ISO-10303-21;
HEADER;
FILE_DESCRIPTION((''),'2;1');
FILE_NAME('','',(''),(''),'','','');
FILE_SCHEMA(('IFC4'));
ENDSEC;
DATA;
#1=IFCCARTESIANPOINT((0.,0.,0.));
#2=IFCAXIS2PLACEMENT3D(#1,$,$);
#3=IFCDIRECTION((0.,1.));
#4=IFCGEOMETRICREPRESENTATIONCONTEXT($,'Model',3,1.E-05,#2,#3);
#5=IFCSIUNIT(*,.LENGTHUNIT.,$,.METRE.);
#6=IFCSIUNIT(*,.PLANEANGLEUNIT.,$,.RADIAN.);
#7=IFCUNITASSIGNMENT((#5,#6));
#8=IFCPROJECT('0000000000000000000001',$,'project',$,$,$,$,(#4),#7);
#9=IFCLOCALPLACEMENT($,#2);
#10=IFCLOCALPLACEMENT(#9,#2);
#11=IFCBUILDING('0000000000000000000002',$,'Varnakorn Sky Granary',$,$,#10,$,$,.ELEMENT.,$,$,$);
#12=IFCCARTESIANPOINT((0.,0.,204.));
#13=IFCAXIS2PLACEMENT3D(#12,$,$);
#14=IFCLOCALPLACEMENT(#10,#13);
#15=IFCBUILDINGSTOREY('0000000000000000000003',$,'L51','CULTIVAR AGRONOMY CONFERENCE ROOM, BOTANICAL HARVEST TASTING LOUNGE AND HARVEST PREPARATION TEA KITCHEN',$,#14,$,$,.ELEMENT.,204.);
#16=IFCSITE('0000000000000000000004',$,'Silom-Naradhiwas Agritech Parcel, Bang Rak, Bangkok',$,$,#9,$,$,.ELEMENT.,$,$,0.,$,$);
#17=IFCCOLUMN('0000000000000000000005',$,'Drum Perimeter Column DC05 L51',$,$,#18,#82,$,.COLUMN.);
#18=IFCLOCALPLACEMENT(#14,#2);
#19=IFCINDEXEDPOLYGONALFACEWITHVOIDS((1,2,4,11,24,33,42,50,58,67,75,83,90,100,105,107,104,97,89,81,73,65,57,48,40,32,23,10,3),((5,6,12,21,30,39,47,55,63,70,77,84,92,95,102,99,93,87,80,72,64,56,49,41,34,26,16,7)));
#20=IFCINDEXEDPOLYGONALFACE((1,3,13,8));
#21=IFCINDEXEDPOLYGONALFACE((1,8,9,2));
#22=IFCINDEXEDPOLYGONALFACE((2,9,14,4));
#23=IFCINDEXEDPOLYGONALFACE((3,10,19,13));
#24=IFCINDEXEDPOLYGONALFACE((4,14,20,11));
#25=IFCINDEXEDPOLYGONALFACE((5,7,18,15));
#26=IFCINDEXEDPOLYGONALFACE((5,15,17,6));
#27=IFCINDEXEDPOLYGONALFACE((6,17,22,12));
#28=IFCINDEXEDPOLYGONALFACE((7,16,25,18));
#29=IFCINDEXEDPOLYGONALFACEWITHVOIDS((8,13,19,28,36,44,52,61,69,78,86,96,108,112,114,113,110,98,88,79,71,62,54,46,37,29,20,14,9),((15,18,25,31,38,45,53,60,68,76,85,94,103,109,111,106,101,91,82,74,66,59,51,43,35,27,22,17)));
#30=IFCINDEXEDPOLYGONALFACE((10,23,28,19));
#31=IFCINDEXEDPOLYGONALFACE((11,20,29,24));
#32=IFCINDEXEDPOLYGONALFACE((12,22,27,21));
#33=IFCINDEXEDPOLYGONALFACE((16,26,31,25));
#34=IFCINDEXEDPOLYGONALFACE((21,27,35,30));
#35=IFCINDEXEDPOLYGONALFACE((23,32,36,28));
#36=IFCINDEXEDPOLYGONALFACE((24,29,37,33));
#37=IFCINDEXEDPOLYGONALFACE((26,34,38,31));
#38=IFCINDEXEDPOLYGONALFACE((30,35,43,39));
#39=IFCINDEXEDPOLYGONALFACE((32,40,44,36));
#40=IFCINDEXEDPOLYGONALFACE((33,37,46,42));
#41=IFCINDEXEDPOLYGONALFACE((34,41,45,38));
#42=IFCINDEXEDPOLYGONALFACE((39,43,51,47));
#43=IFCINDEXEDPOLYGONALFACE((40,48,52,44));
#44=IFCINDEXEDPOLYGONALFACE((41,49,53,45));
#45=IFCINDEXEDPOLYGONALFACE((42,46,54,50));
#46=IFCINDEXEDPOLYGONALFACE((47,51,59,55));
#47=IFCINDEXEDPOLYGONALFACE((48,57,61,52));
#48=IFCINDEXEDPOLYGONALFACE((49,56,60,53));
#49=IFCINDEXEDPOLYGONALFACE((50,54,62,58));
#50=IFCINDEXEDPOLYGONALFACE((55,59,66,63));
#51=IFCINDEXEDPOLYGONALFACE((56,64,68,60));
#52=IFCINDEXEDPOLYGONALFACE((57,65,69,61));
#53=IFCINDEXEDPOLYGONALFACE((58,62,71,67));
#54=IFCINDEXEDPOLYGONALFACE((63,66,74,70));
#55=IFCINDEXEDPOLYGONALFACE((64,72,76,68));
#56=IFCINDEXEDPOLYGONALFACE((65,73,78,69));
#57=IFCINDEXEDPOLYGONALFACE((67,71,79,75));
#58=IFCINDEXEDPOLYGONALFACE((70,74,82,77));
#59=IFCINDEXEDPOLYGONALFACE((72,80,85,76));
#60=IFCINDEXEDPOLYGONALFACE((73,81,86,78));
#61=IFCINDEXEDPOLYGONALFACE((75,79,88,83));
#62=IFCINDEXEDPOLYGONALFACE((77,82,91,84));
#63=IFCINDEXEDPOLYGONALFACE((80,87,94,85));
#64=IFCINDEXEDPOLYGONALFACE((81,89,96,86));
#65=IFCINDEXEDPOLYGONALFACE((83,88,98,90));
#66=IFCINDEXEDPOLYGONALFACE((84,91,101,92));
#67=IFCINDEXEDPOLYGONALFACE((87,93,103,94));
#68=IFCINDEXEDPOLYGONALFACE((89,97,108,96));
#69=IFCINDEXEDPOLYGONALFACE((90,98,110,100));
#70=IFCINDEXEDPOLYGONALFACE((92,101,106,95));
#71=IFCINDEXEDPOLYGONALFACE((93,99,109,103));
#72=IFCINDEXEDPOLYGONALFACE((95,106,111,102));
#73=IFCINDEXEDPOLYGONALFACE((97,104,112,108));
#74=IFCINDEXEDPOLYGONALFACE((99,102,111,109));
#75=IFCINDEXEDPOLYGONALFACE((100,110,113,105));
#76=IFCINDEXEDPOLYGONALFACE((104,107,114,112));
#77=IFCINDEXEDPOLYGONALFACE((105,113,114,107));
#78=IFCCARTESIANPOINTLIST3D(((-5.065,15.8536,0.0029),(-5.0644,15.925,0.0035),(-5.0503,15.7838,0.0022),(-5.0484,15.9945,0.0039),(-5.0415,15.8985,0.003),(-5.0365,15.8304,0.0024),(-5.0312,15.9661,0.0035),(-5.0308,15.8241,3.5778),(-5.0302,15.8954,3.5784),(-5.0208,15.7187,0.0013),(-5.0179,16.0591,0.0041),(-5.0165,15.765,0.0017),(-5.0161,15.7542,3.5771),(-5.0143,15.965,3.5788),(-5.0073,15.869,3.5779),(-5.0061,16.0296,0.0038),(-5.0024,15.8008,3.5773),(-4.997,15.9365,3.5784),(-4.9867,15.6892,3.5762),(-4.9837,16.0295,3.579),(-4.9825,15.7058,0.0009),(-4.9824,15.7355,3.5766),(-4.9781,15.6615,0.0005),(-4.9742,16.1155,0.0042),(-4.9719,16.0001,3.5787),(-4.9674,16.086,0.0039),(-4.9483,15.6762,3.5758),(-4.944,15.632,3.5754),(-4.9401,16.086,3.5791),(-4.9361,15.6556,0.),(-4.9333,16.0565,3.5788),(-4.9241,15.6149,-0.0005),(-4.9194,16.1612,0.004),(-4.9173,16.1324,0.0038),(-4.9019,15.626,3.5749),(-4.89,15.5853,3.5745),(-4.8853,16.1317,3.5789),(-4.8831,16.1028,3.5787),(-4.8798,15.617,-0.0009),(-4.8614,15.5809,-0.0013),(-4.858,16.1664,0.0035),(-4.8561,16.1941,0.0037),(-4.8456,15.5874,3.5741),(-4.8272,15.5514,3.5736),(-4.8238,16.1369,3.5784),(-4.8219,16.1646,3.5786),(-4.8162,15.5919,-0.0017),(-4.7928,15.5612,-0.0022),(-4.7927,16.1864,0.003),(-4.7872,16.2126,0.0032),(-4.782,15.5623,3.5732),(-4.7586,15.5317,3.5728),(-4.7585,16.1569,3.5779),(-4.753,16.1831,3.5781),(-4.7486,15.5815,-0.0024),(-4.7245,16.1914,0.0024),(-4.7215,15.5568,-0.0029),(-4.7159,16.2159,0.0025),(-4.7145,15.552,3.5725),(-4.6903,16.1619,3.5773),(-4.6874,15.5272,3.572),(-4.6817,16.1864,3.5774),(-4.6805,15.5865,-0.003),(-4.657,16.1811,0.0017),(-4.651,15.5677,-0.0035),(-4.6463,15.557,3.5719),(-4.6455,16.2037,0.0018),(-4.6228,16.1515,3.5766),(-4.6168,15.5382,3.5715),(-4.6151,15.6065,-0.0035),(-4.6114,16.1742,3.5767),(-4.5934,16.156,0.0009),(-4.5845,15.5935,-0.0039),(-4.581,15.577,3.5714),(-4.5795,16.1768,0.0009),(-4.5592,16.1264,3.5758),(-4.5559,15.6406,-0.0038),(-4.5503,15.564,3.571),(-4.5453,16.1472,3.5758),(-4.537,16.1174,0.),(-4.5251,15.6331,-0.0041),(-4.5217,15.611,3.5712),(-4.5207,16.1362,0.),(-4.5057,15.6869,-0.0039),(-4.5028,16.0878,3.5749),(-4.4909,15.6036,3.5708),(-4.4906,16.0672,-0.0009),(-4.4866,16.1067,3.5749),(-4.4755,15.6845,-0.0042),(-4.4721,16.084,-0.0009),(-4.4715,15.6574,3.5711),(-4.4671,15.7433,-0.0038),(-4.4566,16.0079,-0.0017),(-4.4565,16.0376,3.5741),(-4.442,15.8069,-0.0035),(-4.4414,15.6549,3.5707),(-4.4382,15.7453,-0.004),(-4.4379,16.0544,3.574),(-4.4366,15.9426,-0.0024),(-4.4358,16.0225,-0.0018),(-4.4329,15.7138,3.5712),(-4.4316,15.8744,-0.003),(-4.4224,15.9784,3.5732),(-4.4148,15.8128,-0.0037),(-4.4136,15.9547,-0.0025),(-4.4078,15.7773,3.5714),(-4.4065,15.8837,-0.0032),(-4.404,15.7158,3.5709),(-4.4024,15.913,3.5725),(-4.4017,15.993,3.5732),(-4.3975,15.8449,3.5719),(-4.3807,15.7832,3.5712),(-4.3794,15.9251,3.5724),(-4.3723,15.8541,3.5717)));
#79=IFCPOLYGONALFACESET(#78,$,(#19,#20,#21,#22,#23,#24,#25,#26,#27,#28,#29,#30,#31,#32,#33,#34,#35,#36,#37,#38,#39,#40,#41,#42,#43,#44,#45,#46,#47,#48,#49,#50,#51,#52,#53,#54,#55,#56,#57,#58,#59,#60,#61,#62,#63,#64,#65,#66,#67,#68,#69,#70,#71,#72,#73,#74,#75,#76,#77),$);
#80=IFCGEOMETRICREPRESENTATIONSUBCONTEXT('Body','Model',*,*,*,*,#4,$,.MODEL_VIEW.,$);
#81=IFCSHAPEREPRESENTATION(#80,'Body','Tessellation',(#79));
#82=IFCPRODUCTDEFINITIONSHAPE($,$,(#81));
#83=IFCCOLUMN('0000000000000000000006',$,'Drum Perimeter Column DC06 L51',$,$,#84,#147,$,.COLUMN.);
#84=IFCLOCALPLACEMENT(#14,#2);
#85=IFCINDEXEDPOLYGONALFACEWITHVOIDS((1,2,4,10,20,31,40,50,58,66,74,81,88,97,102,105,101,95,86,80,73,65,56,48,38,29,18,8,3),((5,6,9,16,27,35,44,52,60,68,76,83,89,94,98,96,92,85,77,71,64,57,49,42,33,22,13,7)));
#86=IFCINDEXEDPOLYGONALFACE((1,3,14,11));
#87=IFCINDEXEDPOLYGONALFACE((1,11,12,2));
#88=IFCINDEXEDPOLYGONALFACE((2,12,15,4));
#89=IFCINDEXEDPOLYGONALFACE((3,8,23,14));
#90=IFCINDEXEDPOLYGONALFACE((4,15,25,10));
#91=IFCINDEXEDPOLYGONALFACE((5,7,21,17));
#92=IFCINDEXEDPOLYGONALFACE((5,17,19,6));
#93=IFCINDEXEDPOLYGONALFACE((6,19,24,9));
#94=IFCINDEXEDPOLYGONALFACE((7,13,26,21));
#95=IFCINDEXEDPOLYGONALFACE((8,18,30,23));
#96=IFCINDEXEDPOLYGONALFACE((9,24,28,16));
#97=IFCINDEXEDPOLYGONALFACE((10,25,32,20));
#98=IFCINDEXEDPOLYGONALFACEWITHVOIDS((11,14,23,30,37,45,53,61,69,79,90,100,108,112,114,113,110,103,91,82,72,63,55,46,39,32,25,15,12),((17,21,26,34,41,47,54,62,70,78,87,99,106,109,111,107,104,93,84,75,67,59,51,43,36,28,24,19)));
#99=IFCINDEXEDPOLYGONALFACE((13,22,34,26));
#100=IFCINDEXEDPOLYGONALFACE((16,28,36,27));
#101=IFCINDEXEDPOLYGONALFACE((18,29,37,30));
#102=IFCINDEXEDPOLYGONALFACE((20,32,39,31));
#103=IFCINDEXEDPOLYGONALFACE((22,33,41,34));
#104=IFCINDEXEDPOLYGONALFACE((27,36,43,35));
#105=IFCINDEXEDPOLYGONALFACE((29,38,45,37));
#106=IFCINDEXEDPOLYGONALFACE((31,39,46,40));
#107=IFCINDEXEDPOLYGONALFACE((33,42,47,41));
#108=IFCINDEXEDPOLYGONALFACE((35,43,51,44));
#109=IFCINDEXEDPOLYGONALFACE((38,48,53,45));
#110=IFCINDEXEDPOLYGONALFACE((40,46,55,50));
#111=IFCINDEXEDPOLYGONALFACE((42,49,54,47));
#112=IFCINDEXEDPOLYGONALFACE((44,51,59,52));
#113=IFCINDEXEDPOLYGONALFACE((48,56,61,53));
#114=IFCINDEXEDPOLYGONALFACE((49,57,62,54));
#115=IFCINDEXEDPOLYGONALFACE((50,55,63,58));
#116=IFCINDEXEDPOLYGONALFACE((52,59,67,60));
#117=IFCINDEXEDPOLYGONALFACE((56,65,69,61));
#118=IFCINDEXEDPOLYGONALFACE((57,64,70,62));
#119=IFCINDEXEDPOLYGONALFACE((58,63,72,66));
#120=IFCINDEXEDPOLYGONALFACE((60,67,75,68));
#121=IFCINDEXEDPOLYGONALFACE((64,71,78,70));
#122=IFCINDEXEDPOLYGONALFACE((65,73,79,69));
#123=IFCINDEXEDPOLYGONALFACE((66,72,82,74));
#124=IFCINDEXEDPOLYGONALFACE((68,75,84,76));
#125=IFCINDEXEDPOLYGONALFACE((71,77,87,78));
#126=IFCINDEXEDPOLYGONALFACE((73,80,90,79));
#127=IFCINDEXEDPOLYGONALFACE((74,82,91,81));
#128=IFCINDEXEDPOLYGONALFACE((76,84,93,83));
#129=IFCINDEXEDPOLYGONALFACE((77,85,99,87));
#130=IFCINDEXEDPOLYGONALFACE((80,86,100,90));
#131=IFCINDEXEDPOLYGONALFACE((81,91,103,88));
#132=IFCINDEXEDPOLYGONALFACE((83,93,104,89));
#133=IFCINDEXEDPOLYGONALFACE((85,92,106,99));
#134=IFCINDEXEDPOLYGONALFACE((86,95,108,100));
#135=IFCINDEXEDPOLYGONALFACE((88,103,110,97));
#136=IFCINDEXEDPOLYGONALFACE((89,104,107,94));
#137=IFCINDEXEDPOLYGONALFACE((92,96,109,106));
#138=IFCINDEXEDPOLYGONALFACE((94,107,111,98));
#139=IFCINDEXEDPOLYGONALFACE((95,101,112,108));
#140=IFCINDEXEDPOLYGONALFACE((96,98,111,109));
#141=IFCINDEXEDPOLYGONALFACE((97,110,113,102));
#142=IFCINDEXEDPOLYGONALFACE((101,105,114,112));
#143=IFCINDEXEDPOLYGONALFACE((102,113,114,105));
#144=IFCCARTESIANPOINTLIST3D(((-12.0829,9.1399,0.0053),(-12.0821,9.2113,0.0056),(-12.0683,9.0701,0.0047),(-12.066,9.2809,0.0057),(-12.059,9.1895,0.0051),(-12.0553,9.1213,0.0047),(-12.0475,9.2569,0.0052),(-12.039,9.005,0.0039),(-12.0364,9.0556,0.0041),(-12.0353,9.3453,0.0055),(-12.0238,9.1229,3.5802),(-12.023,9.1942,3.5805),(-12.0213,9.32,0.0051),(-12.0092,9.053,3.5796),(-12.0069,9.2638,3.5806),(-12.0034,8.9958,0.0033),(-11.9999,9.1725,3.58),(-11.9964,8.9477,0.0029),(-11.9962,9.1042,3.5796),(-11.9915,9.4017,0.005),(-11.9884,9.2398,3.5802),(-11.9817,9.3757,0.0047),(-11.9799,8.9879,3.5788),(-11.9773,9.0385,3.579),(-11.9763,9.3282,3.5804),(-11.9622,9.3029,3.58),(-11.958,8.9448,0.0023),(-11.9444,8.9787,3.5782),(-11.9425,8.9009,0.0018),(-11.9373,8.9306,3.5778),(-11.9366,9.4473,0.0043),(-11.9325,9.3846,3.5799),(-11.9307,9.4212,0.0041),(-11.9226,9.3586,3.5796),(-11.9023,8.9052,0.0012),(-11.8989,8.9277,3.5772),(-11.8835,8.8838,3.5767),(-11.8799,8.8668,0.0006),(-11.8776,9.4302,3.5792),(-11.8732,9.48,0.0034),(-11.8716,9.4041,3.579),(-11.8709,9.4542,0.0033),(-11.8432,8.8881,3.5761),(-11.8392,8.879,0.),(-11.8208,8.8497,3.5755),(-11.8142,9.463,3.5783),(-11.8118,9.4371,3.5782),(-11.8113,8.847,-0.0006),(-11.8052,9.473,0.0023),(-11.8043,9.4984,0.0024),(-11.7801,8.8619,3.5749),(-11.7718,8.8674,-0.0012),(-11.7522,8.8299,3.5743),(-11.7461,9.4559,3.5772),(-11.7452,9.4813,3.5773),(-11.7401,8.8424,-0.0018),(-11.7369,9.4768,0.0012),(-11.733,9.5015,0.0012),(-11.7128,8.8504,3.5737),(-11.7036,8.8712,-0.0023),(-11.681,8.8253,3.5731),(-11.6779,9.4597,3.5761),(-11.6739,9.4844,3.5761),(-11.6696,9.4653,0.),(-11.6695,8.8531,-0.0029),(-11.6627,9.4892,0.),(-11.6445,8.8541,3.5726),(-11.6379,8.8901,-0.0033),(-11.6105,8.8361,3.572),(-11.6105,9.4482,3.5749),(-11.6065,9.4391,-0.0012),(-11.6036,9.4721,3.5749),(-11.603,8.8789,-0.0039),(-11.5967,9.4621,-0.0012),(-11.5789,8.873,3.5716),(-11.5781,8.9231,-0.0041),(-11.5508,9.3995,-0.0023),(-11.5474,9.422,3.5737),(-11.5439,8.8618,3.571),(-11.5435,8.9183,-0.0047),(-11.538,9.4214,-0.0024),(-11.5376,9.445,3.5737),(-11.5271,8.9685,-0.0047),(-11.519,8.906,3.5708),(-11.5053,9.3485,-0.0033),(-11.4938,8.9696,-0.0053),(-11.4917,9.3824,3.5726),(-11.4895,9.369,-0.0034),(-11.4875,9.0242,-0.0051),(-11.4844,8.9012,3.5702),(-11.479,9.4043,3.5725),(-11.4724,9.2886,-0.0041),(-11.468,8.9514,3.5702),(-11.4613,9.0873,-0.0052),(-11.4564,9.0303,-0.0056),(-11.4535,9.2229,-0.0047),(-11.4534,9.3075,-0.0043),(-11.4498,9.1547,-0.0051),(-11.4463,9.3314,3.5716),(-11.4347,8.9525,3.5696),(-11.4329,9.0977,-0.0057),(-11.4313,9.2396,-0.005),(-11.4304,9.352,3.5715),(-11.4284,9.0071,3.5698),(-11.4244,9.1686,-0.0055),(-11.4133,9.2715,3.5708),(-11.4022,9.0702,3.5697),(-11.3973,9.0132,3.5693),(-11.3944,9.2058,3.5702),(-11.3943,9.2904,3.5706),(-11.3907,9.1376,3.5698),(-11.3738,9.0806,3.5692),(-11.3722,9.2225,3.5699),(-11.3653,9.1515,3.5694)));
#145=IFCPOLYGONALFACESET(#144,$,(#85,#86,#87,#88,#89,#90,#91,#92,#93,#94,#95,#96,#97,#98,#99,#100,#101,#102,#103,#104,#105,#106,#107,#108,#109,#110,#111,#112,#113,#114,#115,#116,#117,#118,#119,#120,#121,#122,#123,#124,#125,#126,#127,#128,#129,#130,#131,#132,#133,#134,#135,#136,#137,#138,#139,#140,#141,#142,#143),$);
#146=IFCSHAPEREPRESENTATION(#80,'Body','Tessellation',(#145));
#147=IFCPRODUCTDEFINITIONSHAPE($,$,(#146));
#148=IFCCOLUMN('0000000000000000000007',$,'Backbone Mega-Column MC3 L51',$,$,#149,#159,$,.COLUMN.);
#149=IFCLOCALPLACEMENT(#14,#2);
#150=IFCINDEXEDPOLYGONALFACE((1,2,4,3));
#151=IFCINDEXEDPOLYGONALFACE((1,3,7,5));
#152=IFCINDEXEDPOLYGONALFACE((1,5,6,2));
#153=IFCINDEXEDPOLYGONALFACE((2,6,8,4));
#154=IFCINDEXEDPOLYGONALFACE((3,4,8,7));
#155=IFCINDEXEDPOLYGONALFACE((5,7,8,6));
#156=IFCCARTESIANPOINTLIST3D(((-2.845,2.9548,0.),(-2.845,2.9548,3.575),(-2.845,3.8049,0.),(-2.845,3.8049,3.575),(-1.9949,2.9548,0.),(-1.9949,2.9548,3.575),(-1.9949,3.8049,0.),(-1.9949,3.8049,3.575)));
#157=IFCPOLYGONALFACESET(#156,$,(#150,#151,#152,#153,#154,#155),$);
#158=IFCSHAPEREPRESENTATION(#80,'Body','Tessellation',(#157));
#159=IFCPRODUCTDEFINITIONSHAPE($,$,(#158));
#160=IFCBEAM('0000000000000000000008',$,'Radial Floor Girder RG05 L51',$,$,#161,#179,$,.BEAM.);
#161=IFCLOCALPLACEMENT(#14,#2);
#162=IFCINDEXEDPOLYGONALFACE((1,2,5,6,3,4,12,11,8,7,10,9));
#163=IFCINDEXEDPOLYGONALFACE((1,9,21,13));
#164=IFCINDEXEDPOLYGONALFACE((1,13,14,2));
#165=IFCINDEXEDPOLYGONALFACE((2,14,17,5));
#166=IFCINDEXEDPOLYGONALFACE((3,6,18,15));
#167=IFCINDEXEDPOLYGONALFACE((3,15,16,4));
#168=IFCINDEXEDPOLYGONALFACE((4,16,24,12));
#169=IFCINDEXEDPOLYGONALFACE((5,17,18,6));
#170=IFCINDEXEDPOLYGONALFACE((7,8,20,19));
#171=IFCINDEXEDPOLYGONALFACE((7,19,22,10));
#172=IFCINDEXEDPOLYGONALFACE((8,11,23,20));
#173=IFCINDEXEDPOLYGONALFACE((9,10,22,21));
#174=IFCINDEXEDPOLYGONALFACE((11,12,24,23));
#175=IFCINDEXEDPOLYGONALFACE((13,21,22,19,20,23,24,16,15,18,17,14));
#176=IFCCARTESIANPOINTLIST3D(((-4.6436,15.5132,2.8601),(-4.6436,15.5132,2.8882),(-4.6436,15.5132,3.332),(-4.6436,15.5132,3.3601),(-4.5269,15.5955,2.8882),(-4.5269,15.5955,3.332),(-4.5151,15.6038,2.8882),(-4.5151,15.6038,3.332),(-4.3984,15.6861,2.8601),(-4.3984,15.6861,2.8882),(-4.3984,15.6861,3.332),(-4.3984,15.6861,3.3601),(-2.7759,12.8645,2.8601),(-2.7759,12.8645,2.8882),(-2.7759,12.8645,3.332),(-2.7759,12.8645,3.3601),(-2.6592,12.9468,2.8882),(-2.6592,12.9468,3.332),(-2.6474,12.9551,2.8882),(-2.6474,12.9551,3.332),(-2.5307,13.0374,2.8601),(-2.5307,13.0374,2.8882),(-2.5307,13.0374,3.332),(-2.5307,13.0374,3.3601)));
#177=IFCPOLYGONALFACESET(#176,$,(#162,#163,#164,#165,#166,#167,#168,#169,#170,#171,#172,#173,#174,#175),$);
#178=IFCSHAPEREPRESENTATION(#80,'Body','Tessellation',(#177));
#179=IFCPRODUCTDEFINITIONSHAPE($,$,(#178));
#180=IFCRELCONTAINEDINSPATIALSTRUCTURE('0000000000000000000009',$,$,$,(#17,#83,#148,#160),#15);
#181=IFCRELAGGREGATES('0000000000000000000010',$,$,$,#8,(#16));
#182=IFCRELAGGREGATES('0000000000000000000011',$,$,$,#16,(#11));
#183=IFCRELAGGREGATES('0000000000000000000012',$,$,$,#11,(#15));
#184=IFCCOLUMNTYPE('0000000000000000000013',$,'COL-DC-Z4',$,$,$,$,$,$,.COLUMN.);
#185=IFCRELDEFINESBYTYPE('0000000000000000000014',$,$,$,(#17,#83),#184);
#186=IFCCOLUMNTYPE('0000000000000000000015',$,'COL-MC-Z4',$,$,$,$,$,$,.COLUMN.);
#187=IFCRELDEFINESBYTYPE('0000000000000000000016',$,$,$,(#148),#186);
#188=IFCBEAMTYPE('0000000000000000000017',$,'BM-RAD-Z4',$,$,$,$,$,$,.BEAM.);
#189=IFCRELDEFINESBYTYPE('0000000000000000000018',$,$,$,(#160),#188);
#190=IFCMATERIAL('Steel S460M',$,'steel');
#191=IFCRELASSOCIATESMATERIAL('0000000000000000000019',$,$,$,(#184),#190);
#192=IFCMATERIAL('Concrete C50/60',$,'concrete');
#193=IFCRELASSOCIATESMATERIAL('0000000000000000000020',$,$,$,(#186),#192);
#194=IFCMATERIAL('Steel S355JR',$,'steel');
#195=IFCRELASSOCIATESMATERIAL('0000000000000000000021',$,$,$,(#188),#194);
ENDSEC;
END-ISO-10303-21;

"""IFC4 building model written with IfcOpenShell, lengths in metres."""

from ifc_helpers import new_model, si_unit, direction, frame, origin, origin_2d, place, context, subcontext, project, spatial, rectangle, hollow_circle, i_section, extrude, material, material_profile, profile_set, type_object, element, save


model = new_model("IFC4")

# Units and contexts
model_context = context("Model", 3, precision=1e-05, world=origin(), true_north=direction((0.0, 1.0)))
body_context = subcontext(model_context, "Body", "Model", "MODEL_VIEW")
ifc_project = project(units=[si_unit("LENGTHUNIT", "METRE"), si_unit("PLANEANGLEUNIT", "RADIAN")], contexts=[model_context])

# Site, building, storey
site_placement = place(None, origin())
site = spatial("IfcSite", under=ifc_project, at=site_placement, Name="Silom-Naradhiwas Agritech Parcel, Bang Rak, Bangkok", CompositionType="ELEMENT", RefElevation=0.0)
building_placement = place(site_placement, origin())
building = spatial("IfcBuilding", under=site, at=building_placement, Name="Varnakorn Sky Granary", CompositionType="ELEMENT")
storey_placement = place(building_placement, frame((0.0, 0.0, 204.0)))
storey = spatial("IfcBuildingStorey", under=building, at=storey_placement, Name="L51", Description="CULTIVAR AGRONOMY CONFERENCE ROOM, BOTANICAL HARVEST TASTING LOUNGE AND HARVEST PREPARATION TEA KITCHEN", CompositionType="ELEMENT", Elevation=204.0)

# Columns
ifc_material_1 = material(Name="Steel S460M", Category="steel")
ifc_material_profile_1 = material_profile(ifc_material_1, hollow_circle(Radius=0.3301, WallThickness=0.0249, at=origin_2d()), Name="CHS 660x25")
ifc_profile_set_1 = profile_set([ifc_material_profile_1], Name="Steel S460M")
column_type_1 = type_object("IfcColumnType", Name="COL-DC-Z4", PredefinedType="COLUMN", material=ifc_profile_set_1)
column_1_placement = place(storey_placement, frame((-4.7366, 15.8865, 0.0), z_axis=(0.00956, -0.008263, 0.99992), x_axis=(0.653901, 0.75658, 0.0)))
element("IfcColumn", 1, at=column_1_placement, inside=storey, type_object=column_type_1, Name="Drum Perimeter Column DC05 L51", PredefinedType="COLUMN", context=body_context, shape_type="SweptSolid", body=[
    extrude(hollow_circle(Radius=0.3301, WallThickness=0.0249, at=origin_2d()), origin(), (0.0, 0.0, 1.0), 3.5752),
])
column_2_placement = place(storey_placement, frame((-11.7544, 9.1721, 0.0), z_axis=(0.016524, -0.00478, 0.999852), x_axis=(0.277865, 0.96062, 0.0)))
element("IfcColumn", 2, at=column_2_placement, inside=storey, type_object=column_type_1, Name="Drum Perimeter Column DC06 L51", PredefinedType="COLUMN", context=body_context, shape_type="SweptSolid", body=[
    extrude(hollow_circle(Radius=0.3301, WallThickness=0.0249, at=origin_2d()), origin(), (0.0, 0.0, 1.0), 3.5754),
])
ifc_material_2 = material(Name="Concrete C50/60", Category="concrete")
ifc_material_profile_2 = material_profile(ifc_material_2, rectangle(XDim=0.8501, YDim=0.8501, at=origin_2d()), Name="RC 850x850")
ifc_profile_set_2 = profile_set([ifc_material_profile_2], Name="Concrete C50/60")
column_type_2 = type_object("IfcColumnType", Name="COL-MC-Z4", PredefinedType="COLUMN", material=ifc_profile_set_2)
column_3_placement = place(storey_placement, frame((-2.4199, 3.3799, 0.0), z_axis=(0.0, 0.0, 1.0), x_axis=(1.0, 0.0, 0.0)))
element("IfcColumn", 3, at=column_3_placement, inside=storey, type_object=column_type_2, Name="Backbone Mega-Column MC3 L51", PredefinedType="COLUMN", context=body_context, shape_type="SweptSolid", body=[
    extrude(rectangle(XDim=0.8501, YDim=0.8501, at=origin_2d()), origin(), (0.0, 0.0, 1.0), 3.575),
])

# Beam
ifc_material_3 = material(Name="Steel S355JR", Category="steel")
ifc_material_profile_3 = material_profile(ifc_material_3, i_section(OverallWidth=0.3, OverallDepth=0.5, WebThickness=0.0144, FlangeThickness=0.0281, at=origin_2d()), Name="HE 500 B")
ifc_profile_set_3 = profile_set([ifc_material_profile_3], Name="Steel S355JR")
beam_type_1 = type_object("IfcBeamType", Name="BM-RAD-Z4", PredefinedType="BEAM", material=ifc_profile_set_3)
beam_1_placement = place(storey_placement, frame((-2.6533, 12.9509, 3.1101), z_axis=(-0.576275, 0.817256, 0.0), x_axis=(-0.817256, -0.576275, 0.0)))
element("IfcBeam", 4, at=beam_1_placement, inside=storey, type_object=beam_type_1, Name="Radial Floor Girder RG05 L51", PredefinedType="BEAM", context=body_context, shape_type="SweptSolid", body=[
    extrude(i_section(OverallWidth=0.3, OverallDepth=0.5, WebThickness=0.0144, FlangeThickness=0.0281, at=origin_2d()), origin(), (0.0, 0.0, 1.0), 3.241),
])

save(model, "model.ifc")
